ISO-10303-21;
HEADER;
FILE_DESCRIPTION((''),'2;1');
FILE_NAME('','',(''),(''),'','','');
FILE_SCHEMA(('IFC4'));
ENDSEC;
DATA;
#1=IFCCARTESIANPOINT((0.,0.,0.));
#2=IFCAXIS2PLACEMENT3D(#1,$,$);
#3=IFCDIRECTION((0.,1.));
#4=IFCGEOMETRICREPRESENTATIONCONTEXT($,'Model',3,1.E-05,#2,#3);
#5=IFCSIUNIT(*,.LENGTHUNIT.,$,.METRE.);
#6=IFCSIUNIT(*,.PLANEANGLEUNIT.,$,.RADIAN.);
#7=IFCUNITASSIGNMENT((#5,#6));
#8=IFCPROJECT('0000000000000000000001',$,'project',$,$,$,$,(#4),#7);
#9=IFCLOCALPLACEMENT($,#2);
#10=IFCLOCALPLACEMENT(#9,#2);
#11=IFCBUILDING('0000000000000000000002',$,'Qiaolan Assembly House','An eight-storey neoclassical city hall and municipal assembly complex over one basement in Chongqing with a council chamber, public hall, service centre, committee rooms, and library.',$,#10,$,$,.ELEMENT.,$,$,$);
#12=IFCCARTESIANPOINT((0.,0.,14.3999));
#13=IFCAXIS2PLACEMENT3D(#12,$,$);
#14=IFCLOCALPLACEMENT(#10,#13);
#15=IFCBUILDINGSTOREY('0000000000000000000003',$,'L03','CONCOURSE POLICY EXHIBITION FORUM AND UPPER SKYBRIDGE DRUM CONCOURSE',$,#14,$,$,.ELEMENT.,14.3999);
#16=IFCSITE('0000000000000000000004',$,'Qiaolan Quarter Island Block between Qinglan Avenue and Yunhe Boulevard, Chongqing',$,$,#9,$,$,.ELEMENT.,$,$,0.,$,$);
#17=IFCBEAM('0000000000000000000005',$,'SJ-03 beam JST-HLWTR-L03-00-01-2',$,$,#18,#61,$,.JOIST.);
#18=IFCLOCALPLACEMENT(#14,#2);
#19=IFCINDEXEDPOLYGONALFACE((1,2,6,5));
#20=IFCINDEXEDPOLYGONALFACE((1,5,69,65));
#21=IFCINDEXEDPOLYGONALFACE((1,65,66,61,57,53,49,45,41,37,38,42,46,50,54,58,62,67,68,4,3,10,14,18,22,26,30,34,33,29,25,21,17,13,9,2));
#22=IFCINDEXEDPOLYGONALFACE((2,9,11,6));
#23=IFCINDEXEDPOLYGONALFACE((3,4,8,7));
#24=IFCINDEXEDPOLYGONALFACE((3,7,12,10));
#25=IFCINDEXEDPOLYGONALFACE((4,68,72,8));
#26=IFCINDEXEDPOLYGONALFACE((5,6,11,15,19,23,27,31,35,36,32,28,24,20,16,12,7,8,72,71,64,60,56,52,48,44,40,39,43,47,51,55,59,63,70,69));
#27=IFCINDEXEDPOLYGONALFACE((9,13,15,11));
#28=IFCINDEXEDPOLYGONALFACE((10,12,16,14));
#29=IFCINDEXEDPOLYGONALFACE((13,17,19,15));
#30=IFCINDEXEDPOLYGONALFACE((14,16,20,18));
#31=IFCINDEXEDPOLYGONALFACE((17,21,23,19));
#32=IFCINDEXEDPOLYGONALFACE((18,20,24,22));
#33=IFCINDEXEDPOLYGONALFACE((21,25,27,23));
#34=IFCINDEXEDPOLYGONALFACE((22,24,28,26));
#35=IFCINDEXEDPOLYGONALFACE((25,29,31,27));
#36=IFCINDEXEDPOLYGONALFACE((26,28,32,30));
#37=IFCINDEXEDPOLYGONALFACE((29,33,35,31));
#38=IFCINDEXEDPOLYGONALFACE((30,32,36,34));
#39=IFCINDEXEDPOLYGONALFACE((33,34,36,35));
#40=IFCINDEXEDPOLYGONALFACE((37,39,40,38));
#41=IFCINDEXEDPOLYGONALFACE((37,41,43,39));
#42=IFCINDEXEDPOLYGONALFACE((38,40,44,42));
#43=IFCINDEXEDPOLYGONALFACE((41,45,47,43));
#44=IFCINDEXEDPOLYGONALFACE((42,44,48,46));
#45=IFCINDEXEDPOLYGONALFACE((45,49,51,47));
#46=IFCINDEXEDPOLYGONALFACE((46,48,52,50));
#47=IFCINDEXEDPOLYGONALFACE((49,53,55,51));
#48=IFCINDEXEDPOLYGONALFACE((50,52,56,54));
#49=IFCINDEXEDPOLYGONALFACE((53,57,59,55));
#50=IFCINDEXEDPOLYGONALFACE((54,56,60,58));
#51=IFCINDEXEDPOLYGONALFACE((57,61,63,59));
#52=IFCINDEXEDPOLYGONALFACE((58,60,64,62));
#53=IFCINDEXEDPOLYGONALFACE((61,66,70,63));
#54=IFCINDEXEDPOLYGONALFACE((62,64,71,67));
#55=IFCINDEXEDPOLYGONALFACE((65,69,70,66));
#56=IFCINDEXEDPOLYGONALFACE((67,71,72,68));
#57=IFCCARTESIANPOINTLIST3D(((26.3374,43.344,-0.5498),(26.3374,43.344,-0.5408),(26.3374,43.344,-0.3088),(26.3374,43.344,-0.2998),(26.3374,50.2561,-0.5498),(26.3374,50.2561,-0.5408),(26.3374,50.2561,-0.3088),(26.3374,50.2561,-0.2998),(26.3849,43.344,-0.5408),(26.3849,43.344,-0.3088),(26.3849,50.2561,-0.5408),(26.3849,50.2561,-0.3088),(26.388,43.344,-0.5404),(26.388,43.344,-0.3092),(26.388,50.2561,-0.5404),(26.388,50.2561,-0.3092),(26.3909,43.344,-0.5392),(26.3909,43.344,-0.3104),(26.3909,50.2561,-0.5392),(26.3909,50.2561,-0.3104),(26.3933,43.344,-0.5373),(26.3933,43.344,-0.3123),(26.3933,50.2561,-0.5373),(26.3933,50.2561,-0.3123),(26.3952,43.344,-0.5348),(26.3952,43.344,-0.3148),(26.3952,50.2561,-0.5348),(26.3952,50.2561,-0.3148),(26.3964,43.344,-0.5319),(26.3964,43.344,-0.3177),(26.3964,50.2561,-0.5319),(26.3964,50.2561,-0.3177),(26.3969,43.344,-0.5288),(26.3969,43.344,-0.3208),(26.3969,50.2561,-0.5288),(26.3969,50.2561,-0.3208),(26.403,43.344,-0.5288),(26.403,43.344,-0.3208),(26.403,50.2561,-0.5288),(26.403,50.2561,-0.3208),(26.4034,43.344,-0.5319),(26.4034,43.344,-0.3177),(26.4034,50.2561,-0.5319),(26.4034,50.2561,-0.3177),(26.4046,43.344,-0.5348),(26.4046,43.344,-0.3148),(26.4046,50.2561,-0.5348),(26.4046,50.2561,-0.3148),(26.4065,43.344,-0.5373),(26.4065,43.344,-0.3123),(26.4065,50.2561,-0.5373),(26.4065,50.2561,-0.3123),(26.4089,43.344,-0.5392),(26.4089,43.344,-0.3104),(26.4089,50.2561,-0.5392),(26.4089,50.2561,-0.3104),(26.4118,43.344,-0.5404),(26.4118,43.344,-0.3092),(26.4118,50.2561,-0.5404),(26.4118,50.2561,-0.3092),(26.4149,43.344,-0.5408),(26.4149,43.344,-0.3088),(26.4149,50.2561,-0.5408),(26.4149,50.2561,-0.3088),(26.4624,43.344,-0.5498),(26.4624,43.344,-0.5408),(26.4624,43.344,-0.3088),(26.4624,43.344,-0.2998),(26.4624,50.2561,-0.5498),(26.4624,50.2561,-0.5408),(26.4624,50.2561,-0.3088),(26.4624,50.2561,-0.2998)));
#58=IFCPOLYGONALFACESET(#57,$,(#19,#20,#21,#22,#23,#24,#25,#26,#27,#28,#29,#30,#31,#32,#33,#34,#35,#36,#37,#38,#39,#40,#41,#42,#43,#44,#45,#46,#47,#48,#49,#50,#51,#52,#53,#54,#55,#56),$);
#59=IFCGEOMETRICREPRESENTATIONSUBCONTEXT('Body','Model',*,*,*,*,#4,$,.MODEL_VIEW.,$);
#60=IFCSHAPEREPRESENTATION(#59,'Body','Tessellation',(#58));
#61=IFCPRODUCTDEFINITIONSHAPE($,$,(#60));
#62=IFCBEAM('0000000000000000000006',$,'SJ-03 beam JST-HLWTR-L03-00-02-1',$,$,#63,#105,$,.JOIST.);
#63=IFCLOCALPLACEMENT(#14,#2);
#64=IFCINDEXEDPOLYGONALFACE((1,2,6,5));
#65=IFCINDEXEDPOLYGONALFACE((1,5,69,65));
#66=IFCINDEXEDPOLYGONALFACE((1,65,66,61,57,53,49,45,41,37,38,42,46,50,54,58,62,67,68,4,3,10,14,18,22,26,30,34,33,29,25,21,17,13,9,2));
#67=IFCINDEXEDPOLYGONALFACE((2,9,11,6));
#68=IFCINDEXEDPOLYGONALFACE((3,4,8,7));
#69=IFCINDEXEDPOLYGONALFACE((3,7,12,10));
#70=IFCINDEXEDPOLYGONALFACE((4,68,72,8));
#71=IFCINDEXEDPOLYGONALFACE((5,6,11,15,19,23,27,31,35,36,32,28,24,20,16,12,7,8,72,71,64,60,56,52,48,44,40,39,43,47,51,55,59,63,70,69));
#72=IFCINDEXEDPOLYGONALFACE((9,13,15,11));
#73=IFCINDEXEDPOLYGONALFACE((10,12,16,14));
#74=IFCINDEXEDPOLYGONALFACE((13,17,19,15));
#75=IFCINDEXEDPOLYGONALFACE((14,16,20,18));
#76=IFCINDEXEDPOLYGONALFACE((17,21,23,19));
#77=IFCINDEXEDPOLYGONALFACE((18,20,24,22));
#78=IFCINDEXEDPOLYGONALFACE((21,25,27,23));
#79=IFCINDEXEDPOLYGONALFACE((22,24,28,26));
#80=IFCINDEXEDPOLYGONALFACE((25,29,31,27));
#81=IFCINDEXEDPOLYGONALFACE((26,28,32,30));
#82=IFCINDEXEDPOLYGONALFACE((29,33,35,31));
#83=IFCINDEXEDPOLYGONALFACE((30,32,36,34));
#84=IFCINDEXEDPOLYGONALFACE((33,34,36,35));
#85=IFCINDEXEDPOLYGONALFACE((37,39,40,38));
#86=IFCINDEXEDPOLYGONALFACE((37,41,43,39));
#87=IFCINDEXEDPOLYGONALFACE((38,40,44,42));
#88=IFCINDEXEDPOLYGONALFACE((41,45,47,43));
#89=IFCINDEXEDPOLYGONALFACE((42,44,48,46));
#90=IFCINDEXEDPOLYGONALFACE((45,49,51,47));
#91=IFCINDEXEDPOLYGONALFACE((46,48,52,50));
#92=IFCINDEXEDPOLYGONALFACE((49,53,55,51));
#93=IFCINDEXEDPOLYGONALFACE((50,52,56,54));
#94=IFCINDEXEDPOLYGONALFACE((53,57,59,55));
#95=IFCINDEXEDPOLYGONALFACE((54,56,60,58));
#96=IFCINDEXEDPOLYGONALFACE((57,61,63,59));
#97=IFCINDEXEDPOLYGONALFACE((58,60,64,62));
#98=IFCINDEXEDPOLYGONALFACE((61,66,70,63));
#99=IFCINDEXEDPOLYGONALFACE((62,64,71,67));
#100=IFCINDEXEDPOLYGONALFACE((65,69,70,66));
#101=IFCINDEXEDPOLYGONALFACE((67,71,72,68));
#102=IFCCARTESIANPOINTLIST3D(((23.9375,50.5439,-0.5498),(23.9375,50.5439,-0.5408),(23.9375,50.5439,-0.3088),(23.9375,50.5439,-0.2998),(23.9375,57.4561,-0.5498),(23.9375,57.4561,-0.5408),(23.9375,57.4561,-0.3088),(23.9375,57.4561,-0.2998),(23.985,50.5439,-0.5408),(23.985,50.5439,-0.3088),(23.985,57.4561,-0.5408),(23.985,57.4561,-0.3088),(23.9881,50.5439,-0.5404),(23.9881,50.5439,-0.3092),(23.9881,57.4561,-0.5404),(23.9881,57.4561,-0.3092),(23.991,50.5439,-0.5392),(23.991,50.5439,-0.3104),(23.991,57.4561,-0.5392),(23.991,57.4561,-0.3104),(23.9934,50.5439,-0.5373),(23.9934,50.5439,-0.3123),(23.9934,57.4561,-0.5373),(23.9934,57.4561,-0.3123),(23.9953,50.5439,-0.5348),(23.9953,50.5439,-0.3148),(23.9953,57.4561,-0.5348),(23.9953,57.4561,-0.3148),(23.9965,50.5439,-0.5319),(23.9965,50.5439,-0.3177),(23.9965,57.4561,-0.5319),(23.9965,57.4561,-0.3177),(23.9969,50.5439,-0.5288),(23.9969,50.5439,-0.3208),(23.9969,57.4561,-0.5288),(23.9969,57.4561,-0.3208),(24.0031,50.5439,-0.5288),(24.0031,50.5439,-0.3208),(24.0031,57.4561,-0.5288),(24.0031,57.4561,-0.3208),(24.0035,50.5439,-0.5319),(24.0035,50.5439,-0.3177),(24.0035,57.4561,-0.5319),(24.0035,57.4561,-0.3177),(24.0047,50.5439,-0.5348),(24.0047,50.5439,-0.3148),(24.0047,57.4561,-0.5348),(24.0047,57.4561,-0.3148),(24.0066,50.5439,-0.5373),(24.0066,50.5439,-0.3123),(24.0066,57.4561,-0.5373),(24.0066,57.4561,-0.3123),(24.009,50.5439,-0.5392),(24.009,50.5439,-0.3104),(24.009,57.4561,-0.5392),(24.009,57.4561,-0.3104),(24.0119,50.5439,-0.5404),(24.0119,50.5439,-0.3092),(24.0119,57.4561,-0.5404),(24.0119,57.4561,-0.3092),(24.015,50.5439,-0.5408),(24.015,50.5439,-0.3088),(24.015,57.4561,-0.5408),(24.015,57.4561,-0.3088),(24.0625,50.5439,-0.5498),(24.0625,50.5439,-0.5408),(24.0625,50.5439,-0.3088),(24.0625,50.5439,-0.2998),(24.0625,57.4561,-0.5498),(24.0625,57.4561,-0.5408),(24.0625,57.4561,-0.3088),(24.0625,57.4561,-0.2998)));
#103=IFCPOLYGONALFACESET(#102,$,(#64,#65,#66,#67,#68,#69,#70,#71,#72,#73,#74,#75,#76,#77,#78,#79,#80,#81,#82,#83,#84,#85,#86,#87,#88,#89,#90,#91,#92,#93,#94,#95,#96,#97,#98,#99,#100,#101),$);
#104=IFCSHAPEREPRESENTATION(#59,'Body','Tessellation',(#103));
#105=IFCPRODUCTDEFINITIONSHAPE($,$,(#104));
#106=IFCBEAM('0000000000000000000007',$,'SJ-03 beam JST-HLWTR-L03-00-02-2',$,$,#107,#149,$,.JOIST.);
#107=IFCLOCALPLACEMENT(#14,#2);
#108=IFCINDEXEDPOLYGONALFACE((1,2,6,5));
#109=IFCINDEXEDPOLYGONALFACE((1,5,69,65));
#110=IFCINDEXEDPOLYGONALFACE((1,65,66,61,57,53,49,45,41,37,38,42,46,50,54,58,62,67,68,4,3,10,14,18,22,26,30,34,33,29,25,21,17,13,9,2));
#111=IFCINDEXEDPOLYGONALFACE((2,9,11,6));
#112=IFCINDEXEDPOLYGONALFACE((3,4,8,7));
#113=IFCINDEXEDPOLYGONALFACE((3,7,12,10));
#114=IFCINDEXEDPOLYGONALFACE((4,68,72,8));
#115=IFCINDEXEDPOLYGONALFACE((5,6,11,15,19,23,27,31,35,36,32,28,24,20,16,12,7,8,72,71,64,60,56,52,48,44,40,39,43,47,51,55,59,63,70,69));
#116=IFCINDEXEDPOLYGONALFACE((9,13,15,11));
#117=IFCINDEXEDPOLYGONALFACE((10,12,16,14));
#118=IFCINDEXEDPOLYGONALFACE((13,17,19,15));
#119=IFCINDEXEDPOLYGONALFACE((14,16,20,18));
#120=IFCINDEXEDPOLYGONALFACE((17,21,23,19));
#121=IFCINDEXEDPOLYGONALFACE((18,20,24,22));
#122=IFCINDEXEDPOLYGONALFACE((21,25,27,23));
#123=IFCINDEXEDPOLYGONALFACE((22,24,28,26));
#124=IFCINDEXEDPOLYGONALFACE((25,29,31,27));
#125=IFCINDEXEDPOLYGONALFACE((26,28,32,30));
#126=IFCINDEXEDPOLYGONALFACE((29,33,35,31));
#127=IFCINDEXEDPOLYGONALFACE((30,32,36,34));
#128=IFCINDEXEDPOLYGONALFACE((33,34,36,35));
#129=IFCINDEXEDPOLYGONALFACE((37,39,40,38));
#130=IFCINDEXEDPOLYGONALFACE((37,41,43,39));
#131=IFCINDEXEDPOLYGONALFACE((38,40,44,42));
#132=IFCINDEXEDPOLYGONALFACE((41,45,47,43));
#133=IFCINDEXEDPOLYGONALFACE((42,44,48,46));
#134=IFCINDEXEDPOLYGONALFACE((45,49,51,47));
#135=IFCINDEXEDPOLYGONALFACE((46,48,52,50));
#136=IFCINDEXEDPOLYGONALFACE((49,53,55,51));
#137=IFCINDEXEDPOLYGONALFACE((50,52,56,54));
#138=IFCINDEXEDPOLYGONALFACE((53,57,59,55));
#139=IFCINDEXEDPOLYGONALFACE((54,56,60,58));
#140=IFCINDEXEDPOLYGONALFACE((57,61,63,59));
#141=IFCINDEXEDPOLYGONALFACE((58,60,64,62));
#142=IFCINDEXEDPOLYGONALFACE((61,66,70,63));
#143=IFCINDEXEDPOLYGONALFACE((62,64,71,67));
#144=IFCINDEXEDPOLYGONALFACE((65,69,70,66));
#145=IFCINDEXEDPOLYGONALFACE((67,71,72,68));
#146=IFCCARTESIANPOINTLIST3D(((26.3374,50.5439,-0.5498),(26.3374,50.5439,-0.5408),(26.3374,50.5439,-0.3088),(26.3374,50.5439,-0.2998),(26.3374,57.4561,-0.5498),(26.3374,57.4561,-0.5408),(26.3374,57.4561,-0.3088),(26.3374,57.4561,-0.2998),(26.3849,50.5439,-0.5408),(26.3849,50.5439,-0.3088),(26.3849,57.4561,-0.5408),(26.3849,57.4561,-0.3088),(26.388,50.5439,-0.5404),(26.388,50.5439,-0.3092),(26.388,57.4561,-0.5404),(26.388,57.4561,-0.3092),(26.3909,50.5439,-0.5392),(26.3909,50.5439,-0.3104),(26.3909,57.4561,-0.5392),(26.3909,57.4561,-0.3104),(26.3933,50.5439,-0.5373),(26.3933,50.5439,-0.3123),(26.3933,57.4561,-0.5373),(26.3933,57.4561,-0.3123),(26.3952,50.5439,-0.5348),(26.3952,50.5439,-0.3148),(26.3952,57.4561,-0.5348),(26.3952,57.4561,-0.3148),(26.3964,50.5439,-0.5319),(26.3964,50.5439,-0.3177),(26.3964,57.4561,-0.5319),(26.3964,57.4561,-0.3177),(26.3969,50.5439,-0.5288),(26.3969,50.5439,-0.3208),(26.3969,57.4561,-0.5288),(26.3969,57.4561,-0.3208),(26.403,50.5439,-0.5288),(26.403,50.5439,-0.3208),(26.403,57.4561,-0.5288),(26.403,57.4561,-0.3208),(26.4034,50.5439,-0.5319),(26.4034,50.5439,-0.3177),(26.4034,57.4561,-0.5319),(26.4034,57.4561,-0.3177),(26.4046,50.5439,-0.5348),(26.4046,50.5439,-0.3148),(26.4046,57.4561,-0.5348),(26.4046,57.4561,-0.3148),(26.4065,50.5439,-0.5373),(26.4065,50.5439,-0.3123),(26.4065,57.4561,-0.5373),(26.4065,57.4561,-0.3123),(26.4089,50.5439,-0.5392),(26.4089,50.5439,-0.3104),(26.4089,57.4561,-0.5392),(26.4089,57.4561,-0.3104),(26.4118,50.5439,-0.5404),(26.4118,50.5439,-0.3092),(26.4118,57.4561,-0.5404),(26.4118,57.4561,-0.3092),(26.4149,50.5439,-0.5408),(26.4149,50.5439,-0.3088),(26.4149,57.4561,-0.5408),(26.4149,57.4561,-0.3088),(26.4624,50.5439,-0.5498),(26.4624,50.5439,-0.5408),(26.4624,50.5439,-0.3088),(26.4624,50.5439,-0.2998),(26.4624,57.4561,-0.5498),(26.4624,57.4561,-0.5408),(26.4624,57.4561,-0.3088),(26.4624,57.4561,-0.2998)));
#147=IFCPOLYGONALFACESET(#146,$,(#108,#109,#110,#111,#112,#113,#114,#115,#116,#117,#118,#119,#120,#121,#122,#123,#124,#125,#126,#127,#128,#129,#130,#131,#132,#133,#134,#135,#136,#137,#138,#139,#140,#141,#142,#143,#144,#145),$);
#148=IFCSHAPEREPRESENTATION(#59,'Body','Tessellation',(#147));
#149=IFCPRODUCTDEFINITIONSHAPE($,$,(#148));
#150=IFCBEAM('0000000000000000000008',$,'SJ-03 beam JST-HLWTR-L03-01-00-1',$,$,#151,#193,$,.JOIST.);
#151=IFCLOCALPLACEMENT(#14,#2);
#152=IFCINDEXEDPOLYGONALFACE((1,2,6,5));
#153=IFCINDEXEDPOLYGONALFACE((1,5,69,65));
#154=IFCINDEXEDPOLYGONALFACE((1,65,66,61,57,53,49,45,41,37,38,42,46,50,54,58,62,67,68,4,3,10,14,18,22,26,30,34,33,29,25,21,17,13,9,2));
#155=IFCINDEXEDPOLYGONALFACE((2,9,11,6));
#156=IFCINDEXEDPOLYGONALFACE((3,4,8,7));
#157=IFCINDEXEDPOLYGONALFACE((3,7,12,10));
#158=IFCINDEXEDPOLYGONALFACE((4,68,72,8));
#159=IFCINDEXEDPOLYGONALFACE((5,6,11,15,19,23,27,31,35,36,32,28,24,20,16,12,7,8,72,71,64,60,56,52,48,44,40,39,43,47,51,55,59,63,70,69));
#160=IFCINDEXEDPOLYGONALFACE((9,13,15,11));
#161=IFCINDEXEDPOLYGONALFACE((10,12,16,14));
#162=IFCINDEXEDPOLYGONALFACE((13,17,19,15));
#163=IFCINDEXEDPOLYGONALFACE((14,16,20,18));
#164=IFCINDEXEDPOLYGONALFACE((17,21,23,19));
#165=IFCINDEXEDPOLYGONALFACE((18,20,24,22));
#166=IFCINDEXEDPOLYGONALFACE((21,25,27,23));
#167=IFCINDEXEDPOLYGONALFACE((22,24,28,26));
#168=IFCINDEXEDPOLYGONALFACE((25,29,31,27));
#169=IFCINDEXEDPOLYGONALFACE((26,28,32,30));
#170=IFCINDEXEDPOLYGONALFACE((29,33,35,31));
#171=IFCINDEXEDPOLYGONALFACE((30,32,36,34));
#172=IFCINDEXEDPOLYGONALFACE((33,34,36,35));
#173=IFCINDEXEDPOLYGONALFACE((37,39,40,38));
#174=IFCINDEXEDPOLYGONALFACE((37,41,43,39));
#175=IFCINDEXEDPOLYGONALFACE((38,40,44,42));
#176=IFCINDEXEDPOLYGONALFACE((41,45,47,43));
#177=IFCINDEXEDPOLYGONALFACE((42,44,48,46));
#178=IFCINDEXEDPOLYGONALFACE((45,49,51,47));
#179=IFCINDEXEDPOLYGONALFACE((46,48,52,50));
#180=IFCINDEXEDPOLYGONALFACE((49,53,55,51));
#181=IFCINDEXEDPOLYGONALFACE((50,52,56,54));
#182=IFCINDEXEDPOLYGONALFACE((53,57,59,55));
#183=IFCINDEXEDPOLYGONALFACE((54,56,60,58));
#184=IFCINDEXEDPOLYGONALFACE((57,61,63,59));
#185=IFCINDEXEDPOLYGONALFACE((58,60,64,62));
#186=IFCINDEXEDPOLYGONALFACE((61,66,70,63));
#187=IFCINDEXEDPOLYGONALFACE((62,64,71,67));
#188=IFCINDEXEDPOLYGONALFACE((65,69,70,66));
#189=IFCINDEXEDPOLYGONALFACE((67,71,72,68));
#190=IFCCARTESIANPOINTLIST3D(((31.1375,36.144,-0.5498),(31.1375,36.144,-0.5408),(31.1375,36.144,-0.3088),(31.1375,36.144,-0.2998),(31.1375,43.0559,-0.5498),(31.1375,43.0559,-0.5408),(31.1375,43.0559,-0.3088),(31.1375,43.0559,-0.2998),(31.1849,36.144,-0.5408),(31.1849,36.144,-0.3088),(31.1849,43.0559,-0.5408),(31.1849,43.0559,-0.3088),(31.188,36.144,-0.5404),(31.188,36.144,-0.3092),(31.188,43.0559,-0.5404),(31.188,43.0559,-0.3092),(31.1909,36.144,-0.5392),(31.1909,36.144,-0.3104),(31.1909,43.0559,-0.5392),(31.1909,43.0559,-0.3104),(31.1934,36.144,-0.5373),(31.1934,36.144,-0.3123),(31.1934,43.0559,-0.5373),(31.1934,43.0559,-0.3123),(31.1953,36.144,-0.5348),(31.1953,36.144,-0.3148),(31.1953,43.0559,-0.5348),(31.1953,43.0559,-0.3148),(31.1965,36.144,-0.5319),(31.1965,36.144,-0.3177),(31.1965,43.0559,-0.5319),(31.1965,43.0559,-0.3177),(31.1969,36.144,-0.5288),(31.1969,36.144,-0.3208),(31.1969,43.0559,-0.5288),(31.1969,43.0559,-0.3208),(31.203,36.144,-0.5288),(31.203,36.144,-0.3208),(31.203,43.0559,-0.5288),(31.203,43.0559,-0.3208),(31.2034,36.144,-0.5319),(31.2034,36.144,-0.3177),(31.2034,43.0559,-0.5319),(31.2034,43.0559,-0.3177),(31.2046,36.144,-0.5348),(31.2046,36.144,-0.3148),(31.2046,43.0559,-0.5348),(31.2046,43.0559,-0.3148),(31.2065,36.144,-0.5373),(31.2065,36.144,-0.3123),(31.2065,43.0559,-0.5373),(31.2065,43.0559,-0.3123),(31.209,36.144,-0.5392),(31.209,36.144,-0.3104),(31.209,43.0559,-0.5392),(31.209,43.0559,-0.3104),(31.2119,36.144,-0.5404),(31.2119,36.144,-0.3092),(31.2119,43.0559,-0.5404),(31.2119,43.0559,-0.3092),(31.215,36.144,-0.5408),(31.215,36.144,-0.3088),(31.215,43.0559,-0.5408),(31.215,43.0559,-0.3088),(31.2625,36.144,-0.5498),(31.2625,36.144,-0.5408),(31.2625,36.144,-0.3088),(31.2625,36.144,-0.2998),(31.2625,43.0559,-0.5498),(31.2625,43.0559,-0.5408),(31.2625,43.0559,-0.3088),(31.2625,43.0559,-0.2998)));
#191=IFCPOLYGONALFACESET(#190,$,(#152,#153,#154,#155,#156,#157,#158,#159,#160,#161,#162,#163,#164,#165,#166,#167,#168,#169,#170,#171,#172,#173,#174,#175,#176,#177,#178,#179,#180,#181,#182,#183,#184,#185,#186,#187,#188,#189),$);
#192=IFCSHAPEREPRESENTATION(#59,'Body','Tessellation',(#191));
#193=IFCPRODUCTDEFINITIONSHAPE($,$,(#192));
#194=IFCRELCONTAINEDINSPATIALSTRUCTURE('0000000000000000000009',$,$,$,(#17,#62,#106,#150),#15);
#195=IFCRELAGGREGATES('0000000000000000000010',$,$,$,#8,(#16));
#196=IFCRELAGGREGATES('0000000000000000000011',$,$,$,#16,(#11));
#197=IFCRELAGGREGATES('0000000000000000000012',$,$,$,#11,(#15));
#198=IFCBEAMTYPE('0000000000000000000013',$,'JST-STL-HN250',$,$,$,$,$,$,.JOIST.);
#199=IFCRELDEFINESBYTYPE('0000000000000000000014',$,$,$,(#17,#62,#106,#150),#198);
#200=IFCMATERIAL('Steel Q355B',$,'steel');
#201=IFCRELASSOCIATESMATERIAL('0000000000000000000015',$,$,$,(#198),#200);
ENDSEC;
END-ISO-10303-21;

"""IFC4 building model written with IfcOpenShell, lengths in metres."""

from ifc_helpers import new_model, si_unit, direction, frame, origin, origin_2d, place, context, subcontext, project, spatial, i_section, extrude, material, material_profile, profile_set, type_object, element, save


model = new_model("IFC4")

# Units and contexts
model_context = context("Model", 3, precision=1e-05, world=origin(), true_north=direction((0.0, 1.0)))
body_context = subcontext(model_context, "Body", "Model", "MODEL_VIEW")
ifc_project = project(units=[si_unit("LENGTHUNIT", "METRE"), si_unit("PLANEANGLEUNIT", "RADIAN")], contexts=[model_context])

# Site, building, storey
site_placement = place(None, origin())
site = spatial("IfcSite", under=ifc_project, at=site_placement, Name="Qiaolan Quarter Island Block between Qinglan Avenue and Yunhe Boulevard, Chongqing", CompositionType="ELEMENT", RefElevation=0.0)
building_placement = place(site_placement, origin())
building = spatial("IfcBuilding", under=site, at=building_placement, Name="Qiaolan Assembly House", Description="An eight-storey neoclassical city hall and municipal assembly complex over one basement in Chongqing with a council chamber, public hall, service centre, committee rooms, and library.", CompositionType="ELEMENT")
storey_placement = place(building_placement, frame((0.0, 0.0, 14.3999)))
storey = spatial("IfcBuildingStorey", under=building, at=storey_placement, Name="L03", Description="CONCOURSE POLICY EXHIBITION FORUM AND UPPER SKYBRIDGE DRUM CONCOURSE", CompositionType="ELEMENT", Elevation=14.3999)

# Shared definitions
ifc_material_1 = material(Name="Steel Q355B", Category="steel")

# Beams
ifc_material_profile_1 = material_profile(ifc_material_1, i_section(OverallWidth=0.125, OverallDepth=0.25, WebThickness=0.0061, FlangeThickness=0.009, FilletRadius=0.012, at=origin_2d()), Name="HN 250x125x6x9")
ifc_profile_set_1 = profile_set([ifc_material_profile_1], Name="Steel Q355B")
beam_type_1 = type_object("IfcBeamType", Name="JST-STL-HN250", PredefinedType="JOIST", material=ifc_profile_set_1)
for number, where, z_axis, x_axis, name in (
    (1, (26.3999, 43.344, -0.4248), (0.0, 1.0, 0.0), (-1.0, 0.0, 0.0), "SJ-03 beam JST-HLWTR-L03-00-01-2"),
    (2, (24.0, 50.5439, -0.4248), (0.0, 1.0, 0.0), (-1.0, 0.0, 0.0), "SJ-03 beam JST-HLWTR-L03-00-02-1"),
    (3, (26.3999, 50.5439, -0.4248), (0.0, 1.0, 0.0), (-1.0, 0.0, 0.0), "SJ-03 beam JST-HLWTR-L03-00-02-2"),
):
    element("IfcBeam", number, at=place(storey_placement, frame(where, z_axis=z_axis, x_axis=x_axis)), inside=storey, type_object=beam_type_1, Name=name, PredefinedType="JOIST", context=body_context, shape_type="SweptSolid", body=[
        extrude(i_section(OverallWidth=0.125, OverallDepth=0.25, WebThickness=0.0061, FlangeThickness=0.009, FilletRadius=0.012, at=origin_2d()), origin(), (0.0, 0.0, 1.0), 6.9121),
    ])
for number, where, z_axis, x_axis, name in (
    (4, (31.2, 36.144, -0.4248), (0.0, 1.0, 0.0), (-1.0, 0.0, 0.0), "SJ-03 beam JST-HLWTR-L03-01-00-1"),
):
    element("IfcBeam", number, at=place(storey_placement, frame(where, z_axis=z_axis, x_axis=x_axis)), inside=storey, type_object=beam_type_1, Name=name, PredefinedType="JOIST", context=body_context, shape_type="SweptSolid", body=[
        extrude(i_section(OverallWidth=0.125, OverallDepth=0.25, WebThickness=0.0061, FlangeThickness=0.009, FilletRadius=0.012, at=origin_2d()), origin(), (0.0, 0.0, 1.0), 6.9119),
    ])

save(model, "model.ifc")
